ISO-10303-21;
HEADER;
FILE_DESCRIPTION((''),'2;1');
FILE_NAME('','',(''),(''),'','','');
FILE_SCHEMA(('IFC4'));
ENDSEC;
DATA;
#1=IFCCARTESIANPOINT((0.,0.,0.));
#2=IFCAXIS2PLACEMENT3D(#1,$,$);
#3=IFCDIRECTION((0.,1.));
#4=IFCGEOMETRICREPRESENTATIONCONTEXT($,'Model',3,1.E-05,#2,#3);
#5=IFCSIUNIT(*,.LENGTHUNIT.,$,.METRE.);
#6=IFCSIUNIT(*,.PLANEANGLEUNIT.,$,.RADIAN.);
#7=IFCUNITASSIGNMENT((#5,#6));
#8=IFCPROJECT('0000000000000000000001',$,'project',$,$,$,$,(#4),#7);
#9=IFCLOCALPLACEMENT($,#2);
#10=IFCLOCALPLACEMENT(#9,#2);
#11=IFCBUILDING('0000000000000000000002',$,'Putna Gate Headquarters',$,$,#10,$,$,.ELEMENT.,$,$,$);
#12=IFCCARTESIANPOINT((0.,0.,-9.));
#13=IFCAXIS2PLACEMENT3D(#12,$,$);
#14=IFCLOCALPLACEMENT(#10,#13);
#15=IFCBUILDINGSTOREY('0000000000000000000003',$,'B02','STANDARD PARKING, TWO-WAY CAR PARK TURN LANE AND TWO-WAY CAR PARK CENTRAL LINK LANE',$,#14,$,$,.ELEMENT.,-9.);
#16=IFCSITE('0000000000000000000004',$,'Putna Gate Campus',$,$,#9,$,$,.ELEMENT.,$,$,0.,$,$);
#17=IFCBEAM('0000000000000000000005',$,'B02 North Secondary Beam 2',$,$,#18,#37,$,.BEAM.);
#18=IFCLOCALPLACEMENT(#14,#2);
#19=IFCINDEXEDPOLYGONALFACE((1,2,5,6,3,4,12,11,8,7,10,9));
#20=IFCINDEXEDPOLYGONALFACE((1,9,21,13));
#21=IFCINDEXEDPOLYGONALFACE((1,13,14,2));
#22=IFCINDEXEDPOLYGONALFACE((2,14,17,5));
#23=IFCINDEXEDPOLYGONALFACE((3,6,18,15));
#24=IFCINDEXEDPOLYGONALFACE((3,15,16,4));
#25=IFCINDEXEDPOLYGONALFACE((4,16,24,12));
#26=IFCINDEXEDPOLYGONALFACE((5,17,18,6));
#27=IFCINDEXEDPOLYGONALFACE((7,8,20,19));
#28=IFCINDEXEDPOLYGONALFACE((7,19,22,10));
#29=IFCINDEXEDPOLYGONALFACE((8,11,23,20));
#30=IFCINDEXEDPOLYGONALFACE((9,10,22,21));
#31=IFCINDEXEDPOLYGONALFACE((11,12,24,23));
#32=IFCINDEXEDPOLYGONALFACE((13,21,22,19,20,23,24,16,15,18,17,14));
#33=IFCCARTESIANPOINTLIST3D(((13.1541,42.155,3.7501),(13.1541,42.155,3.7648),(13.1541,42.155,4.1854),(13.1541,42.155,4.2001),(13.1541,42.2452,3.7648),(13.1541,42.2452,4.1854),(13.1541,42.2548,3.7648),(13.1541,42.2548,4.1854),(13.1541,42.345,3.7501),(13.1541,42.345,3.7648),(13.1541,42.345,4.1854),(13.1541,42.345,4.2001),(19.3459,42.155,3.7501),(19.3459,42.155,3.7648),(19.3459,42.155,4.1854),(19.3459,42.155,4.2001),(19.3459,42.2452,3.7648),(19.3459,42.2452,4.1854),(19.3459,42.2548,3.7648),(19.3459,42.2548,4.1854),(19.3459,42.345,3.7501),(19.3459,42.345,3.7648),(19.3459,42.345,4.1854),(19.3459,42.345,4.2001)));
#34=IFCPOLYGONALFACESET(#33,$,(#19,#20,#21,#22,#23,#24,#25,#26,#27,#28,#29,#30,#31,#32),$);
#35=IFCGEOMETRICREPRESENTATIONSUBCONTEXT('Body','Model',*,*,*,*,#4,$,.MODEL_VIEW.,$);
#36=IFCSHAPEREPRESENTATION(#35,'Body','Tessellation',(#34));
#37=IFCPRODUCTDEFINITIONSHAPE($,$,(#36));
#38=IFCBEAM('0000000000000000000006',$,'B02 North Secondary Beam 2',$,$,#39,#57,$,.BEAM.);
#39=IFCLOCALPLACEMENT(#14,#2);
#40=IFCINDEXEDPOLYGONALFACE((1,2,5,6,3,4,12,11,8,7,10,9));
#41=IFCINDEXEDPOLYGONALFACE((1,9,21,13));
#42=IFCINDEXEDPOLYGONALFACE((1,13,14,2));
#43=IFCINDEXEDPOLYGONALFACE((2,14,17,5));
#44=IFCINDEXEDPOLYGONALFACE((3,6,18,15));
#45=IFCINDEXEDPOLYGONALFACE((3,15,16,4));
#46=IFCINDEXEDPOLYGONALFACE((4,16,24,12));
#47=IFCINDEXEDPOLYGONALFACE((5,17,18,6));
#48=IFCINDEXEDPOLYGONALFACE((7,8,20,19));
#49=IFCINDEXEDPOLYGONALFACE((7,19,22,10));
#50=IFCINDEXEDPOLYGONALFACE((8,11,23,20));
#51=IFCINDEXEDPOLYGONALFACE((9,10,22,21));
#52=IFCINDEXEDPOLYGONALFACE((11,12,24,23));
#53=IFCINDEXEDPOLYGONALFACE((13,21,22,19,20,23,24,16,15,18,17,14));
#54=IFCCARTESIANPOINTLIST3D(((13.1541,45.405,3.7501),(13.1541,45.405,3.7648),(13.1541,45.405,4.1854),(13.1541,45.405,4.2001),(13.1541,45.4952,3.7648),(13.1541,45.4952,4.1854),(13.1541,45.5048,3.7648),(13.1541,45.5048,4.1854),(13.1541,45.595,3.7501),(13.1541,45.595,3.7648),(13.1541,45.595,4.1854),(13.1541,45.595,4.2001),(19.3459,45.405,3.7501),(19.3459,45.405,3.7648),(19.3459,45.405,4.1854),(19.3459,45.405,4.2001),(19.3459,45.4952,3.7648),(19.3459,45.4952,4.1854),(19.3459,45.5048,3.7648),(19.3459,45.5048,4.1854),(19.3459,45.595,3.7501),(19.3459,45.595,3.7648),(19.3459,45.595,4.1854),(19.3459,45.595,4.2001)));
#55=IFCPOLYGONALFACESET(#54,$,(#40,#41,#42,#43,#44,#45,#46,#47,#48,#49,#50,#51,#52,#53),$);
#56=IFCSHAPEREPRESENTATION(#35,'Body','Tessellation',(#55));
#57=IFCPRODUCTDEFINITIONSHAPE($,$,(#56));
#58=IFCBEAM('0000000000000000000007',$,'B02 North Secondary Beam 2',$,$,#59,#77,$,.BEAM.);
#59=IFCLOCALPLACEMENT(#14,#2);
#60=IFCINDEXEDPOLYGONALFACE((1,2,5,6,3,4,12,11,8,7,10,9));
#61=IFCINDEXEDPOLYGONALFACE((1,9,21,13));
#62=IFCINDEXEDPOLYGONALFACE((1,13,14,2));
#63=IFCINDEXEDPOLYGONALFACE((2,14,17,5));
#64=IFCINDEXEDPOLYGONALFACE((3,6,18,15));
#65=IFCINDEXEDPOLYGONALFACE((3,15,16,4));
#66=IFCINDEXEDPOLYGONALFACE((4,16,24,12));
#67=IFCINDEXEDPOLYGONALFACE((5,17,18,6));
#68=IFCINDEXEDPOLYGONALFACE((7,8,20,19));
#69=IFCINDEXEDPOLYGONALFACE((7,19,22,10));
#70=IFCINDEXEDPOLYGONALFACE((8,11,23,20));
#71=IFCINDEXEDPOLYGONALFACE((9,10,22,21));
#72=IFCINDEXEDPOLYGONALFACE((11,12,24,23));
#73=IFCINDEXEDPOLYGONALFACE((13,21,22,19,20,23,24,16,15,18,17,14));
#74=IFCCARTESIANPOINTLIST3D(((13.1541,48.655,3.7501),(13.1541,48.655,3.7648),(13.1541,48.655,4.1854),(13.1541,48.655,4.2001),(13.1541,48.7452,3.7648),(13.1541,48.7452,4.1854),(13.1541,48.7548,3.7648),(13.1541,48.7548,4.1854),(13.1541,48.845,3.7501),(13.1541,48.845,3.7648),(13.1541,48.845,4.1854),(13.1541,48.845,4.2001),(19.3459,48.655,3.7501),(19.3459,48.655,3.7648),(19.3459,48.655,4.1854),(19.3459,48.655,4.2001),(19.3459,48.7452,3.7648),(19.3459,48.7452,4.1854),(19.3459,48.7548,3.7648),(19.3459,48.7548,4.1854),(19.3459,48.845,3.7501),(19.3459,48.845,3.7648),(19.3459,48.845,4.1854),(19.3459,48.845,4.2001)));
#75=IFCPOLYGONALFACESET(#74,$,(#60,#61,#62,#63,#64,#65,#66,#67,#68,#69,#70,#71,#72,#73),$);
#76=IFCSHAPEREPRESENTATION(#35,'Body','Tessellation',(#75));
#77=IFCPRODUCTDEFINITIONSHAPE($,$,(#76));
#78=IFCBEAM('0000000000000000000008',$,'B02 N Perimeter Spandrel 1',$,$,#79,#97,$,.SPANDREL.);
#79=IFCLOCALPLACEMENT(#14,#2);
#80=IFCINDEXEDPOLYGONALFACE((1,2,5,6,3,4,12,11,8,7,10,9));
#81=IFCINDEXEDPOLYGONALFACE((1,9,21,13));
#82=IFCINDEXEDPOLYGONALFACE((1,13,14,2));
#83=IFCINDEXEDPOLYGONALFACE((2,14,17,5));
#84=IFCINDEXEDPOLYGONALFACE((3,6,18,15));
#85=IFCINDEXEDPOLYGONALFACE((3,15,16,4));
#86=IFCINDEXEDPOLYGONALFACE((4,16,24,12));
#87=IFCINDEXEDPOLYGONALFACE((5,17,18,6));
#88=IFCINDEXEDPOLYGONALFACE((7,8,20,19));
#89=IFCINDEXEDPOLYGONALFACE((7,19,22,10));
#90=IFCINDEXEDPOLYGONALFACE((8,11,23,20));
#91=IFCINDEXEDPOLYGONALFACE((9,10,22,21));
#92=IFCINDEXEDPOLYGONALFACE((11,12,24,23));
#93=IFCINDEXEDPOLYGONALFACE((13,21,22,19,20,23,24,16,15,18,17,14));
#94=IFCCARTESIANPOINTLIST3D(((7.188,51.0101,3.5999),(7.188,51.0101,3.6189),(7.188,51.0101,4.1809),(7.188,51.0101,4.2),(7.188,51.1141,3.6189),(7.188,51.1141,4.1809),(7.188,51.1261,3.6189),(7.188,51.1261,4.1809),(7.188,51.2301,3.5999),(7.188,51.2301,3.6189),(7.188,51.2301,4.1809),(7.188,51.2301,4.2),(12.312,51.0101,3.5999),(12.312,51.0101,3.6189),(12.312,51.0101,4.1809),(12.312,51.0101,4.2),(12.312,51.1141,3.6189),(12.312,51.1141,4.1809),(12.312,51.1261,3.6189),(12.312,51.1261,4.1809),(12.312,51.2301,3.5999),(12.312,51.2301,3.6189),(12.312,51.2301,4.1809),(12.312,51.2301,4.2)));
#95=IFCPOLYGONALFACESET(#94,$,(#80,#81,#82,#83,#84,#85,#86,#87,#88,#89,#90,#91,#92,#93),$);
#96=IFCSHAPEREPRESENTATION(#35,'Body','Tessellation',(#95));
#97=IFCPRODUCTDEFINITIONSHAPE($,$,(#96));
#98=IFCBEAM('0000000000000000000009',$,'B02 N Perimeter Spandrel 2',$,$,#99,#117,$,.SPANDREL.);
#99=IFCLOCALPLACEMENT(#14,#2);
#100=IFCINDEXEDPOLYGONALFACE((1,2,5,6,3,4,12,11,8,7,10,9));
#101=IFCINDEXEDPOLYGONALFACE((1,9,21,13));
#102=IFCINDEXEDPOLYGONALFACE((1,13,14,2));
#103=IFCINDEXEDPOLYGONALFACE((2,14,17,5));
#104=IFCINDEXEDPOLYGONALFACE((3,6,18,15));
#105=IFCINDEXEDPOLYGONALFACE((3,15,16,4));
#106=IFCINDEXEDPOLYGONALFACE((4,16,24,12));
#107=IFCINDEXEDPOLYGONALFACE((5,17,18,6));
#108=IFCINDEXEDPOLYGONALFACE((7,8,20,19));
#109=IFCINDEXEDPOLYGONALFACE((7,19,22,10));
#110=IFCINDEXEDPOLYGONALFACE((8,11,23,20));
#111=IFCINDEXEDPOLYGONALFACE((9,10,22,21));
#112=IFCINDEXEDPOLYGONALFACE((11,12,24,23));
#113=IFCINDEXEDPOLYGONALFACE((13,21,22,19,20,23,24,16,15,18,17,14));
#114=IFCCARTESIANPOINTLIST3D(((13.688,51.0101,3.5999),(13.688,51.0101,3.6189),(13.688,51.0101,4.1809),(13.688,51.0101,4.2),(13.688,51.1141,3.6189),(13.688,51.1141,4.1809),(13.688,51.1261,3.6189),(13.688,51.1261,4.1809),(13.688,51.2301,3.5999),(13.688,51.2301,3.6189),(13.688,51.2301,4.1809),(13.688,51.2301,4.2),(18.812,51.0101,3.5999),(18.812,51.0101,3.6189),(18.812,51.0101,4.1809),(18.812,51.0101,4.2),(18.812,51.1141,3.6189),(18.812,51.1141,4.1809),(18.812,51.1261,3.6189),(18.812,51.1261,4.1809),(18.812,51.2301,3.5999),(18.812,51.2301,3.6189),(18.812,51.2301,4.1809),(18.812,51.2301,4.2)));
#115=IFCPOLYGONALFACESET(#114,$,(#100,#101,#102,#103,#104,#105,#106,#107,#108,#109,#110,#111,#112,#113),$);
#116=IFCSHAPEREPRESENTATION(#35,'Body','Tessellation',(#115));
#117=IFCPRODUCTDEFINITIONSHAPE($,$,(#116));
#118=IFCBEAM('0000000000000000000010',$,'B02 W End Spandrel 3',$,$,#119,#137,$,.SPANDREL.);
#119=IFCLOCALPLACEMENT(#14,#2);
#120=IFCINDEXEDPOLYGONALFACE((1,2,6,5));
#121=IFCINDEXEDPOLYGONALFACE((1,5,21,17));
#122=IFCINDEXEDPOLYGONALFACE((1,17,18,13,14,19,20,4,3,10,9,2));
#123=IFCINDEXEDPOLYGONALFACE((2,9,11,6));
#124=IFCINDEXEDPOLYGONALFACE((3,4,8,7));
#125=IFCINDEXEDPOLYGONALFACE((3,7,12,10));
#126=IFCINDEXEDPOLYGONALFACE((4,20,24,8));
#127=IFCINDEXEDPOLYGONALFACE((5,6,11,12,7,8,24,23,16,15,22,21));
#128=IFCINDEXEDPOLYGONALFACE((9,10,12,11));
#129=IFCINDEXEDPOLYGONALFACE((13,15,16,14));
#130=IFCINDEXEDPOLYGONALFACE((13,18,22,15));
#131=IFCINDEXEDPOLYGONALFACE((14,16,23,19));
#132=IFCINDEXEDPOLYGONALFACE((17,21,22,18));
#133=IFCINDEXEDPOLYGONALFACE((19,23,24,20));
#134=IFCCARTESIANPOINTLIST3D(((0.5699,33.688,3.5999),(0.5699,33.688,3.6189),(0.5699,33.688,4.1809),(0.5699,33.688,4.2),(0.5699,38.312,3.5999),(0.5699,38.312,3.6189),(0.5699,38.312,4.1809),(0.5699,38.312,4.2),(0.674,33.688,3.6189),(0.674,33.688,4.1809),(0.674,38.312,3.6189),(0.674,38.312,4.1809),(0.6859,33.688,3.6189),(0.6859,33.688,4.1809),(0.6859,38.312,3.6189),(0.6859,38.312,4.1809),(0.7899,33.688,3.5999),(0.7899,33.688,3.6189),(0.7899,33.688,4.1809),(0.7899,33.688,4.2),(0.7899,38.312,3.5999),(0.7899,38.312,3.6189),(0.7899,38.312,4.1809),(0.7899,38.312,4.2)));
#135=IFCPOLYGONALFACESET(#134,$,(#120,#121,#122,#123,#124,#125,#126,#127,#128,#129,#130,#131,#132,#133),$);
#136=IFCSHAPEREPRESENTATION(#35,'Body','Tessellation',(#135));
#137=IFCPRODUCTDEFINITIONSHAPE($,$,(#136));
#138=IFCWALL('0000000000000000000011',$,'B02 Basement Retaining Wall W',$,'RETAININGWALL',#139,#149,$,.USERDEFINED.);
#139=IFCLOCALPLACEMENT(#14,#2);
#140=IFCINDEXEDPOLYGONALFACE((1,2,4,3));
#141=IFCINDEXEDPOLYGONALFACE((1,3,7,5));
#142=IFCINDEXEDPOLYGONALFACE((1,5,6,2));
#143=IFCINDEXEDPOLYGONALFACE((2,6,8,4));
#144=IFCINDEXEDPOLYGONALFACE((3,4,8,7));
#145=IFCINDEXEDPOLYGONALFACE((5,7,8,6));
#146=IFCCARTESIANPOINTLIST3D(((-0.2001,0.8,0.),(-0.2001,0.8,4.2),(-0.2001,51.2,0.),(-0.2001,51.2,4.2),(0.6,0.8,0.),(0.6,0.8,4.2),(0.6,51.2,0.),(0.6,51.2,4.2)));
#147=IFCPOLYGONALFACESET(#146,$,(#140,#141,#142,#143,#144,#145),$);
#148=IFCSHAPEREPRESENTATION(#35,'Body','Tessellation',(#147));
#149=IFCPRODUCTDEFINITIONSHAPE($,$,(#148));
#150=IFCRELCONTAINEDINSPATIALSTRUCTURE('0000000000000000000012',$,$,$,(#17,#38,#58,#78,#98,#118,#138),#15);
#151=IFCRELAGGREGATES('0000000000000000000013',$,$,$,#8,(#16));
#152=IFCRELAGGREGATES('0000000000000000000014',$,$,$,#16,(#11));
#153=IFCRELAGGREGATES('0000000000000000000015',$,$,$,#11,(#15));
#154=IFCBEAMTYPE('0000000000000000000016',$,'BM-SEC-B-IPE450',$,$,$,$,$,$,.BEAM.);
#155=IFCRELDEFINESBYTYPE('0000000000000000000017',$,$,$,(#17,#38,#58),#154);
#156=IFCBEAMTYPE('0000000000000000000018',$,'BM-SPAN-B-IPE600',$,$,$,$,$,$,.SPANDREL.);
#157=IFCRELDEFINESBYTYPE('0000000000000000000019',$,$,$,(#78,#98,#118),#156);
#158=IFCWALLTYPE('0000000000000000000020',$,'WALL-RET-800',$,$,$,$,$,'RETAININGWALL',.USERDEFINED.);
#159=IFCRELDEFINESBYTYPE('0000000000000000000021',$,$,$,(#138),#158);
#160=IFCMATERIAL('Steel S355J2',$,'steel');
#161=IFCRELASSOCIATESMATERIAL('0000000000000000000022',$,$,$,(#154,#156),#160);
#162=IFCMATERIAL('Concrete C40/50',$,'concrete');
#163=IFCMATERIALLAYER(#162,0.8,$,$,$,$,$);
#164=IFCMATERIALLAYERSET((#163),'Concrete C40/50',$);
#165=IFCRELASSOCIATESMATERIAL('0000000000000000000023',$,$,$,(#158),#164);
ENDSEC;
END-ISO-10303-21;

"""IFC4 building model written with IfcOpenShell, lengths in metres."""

from ifc_helpers import new_model, si_unit, direction, frame, frame_2d, origin, origin_2d, place, context, subcontext, project, spatial, rectangle, i_section, extrude, material, layer, layer_set, material_profile, profile_set, type_object, element, save


model = new_model("IFC4")

# Units and contexts
model_context = context("Model", 3, precision=1e-05, world=origin(), true_north=direction((0.0, 1.0)))
body_context = subcontext(model_context, "Body", "Model", "MODEL_VIEW")
ifc_project = project(units=[si_unit("LENGTHUNIT", "METRE"), si_unit("PLANEANGLEUNIT", "RADIAN")], contexts=[model_context])

# Site, building, storey
site_placement = place(None, origin())
site = spatial("IfcSite", under=ifc_project, at=site_placement, Name="Putna Gate Campus", CompositionType="ELEMENT", RefElevation=0.0)
building_placement = place(site_placement, origin())
building = spatial("IfcBuilding", under=site, at=building_placement, Name="Putna Gate Headquarters", CompositionType="ELEMENT")
storey_placement = place(building_placement, frame((0.0, 0.0, -9.0)))
storey = spatial("IfcBuildingStorey", under=building, at=storey_placement, Name="B02", Description="STANDARD PARKING, TWO-WAY CAR PARK TURN LANE AND TWO-WAY CAR PARK CENTRAL LINK LANE", CompositionType="ELEMENT", Elevation=-9.0)

# Beams
ifc_material_1 = material(Name="Steel S355J2", Category="steel")
ifc_material_profile_1 = material_profile(ifc_material_1, i_section(OverallWidth=0.1899, OverallDepth=0.45, WebThickness=0.0095, FlangeThickness=0.0146, at=origin_2d()), Name="Steel S355J2")
ifc_profile_set_1 = profile_set([ifc_material_profile_1], Name="Steel S355J2")
beam_type_1 = type_object("IfcBeamType", Name="BM-SEC-B-IPE450", PredefinedType="BEAM", material=ifc_profile_set_1)
for number, where, z_axis, x_axis, name in (
    (1, (13.1541, 42.25, 3.9751), (1.0, 0.0, 0.0), (0.0, 1.0, 0.0), "B02 North Secondary Beam 2"),
    (2, (13.1541, 45.5, 3.9751), (1.0, 0.0, 0.0), (0.0, 1.0, 0.0), "B02 North Secondary Beam 2"),
    (3, (13.1541, 48.75, 3.9751), (1.0, 0.0, 0.0), (0.0, 1.0, 0.0), "B02 North Secondary Beam 2"),
):
    element("IfcBeam", number, at=place(storey_placement, frame(where, z_axis=z_axis, x_axis=x_axis)), inside=storey, type_object=beam_type_1, Name=name, PredefinedType="BEAM", context=body_context, shape_type="SweptSolid", body=[
        extrude(i_section(OverallWidth=0.1899, OverallDepth=0.45, WebThickness=0.0095, FlangeThickness=0.0146, at=origin_2d()), origin(), (0.0, 0.0, 1.0), 6.1919),
    ])
ifc_material_profile_2 = material_profile(ifc_material_1, i_section(OverallWidth=0.22, OverallDepth=0.6001, WebThickness=0.012, FlangeThickness=0.019, at=origin_2d()), Name="Steel S355J2")
ifc_profile_set_2 = profile_set([ifc_material_profile_2], Name="Steel S355J2")
beam_type_2 = type_object("IfcBeamType", Name="BM-SPAN-B-IPE600", PredefinedType="SPANDREL", material=ifc_profile_set_2)
for number, where, z_axis, x_axis, name in (
    (4, (7.188, 51.1201, 3.8999), (1.0, 0.0, 0.0), (0.0, 1.0, 0.0), "B02 N Perimeter Spandrel 1"),
    (5, (13.688, 51.1201, 3.8999), (1.0, 0.0, 0.0), (0.0, 1.0, 0.0), "B02 N Perimeter Spandrel 2"),
):
    element("IfcBeam", number, at=place(storey_placement, frame(where, z_axis=z_axis, x_axis=x_axis)), inside=storey, type_object=beam_type_2, Name=name, PredefinedType="SPANDREL", context=body_context, shape_type="SweptSolid", body=[
        extrude(i_section(OverallWidth=0.22, OverallDepth=0.6001, WebThickness=0.012, FlangeThickness=0.019, at=origin_2d()), origin(), (0.0, 0.0, 1.0), 5.124),
    ])
beam_1_placement = place(storey_placement, frame((0.6799, 33.688, 3.8999), z_axis=(0.0, 1.0, 0.0), x_axis=(-1.0, 0.0, 0.0)))
element("IfcBeam", 6, at=beam_1_placement, inside=storey, type_object=beam_type_2, Name="B02 W End Spandrel 3", PredefinedType="SPANDREL", context=body_context, shape_type="SweptSolid", body=[
    extrude(i_section(OverallWidth=0.22, OverallDepth=0.6001, WebThickness=0.012, FlangeThickness=0.019, at=origin_2d()), origin(), (0.0, 0.0, 1.0), 4.624),
])

# Wall
ifc_material_2 = material(Name="Concrete C40/50", Category="concrete")
ifc_layer = layer(ifc_material_2, 0.8)
ifc_layer_set = layer_set([ifc_layer], Name="Concrete C40/50")
wall_type = type_object("IfcWallType", Name="WALL-RET-800", ElementType="RETAININGWALL", PredefinedType="USERDEFINED", material=ifc_layer_set)
wall_placement = place(storey_placement, frame((0.2, 51.2, 0.0), z_axis=(0.0, 0.0, 1.0), x_axis=(0.0, -1.0, 0.0)))
element("IfcWall", 7, at=wall_placement, inside=storey, type_object=wall_type, Name="B02 Basement Retaining Wall W", ObjectType="RETAININGWALL", PredefinedType="USERDEFINED", context=body_context, shape_type="SweptSolid", body=[
    extrude(rectangle(XDim=50.3999, YDim=0.8, at=frame_2d((25.2, 0.0))), origin(), (0.0, 0.0, 1.0), 4.2),
])

save(model, "model.ifc")
